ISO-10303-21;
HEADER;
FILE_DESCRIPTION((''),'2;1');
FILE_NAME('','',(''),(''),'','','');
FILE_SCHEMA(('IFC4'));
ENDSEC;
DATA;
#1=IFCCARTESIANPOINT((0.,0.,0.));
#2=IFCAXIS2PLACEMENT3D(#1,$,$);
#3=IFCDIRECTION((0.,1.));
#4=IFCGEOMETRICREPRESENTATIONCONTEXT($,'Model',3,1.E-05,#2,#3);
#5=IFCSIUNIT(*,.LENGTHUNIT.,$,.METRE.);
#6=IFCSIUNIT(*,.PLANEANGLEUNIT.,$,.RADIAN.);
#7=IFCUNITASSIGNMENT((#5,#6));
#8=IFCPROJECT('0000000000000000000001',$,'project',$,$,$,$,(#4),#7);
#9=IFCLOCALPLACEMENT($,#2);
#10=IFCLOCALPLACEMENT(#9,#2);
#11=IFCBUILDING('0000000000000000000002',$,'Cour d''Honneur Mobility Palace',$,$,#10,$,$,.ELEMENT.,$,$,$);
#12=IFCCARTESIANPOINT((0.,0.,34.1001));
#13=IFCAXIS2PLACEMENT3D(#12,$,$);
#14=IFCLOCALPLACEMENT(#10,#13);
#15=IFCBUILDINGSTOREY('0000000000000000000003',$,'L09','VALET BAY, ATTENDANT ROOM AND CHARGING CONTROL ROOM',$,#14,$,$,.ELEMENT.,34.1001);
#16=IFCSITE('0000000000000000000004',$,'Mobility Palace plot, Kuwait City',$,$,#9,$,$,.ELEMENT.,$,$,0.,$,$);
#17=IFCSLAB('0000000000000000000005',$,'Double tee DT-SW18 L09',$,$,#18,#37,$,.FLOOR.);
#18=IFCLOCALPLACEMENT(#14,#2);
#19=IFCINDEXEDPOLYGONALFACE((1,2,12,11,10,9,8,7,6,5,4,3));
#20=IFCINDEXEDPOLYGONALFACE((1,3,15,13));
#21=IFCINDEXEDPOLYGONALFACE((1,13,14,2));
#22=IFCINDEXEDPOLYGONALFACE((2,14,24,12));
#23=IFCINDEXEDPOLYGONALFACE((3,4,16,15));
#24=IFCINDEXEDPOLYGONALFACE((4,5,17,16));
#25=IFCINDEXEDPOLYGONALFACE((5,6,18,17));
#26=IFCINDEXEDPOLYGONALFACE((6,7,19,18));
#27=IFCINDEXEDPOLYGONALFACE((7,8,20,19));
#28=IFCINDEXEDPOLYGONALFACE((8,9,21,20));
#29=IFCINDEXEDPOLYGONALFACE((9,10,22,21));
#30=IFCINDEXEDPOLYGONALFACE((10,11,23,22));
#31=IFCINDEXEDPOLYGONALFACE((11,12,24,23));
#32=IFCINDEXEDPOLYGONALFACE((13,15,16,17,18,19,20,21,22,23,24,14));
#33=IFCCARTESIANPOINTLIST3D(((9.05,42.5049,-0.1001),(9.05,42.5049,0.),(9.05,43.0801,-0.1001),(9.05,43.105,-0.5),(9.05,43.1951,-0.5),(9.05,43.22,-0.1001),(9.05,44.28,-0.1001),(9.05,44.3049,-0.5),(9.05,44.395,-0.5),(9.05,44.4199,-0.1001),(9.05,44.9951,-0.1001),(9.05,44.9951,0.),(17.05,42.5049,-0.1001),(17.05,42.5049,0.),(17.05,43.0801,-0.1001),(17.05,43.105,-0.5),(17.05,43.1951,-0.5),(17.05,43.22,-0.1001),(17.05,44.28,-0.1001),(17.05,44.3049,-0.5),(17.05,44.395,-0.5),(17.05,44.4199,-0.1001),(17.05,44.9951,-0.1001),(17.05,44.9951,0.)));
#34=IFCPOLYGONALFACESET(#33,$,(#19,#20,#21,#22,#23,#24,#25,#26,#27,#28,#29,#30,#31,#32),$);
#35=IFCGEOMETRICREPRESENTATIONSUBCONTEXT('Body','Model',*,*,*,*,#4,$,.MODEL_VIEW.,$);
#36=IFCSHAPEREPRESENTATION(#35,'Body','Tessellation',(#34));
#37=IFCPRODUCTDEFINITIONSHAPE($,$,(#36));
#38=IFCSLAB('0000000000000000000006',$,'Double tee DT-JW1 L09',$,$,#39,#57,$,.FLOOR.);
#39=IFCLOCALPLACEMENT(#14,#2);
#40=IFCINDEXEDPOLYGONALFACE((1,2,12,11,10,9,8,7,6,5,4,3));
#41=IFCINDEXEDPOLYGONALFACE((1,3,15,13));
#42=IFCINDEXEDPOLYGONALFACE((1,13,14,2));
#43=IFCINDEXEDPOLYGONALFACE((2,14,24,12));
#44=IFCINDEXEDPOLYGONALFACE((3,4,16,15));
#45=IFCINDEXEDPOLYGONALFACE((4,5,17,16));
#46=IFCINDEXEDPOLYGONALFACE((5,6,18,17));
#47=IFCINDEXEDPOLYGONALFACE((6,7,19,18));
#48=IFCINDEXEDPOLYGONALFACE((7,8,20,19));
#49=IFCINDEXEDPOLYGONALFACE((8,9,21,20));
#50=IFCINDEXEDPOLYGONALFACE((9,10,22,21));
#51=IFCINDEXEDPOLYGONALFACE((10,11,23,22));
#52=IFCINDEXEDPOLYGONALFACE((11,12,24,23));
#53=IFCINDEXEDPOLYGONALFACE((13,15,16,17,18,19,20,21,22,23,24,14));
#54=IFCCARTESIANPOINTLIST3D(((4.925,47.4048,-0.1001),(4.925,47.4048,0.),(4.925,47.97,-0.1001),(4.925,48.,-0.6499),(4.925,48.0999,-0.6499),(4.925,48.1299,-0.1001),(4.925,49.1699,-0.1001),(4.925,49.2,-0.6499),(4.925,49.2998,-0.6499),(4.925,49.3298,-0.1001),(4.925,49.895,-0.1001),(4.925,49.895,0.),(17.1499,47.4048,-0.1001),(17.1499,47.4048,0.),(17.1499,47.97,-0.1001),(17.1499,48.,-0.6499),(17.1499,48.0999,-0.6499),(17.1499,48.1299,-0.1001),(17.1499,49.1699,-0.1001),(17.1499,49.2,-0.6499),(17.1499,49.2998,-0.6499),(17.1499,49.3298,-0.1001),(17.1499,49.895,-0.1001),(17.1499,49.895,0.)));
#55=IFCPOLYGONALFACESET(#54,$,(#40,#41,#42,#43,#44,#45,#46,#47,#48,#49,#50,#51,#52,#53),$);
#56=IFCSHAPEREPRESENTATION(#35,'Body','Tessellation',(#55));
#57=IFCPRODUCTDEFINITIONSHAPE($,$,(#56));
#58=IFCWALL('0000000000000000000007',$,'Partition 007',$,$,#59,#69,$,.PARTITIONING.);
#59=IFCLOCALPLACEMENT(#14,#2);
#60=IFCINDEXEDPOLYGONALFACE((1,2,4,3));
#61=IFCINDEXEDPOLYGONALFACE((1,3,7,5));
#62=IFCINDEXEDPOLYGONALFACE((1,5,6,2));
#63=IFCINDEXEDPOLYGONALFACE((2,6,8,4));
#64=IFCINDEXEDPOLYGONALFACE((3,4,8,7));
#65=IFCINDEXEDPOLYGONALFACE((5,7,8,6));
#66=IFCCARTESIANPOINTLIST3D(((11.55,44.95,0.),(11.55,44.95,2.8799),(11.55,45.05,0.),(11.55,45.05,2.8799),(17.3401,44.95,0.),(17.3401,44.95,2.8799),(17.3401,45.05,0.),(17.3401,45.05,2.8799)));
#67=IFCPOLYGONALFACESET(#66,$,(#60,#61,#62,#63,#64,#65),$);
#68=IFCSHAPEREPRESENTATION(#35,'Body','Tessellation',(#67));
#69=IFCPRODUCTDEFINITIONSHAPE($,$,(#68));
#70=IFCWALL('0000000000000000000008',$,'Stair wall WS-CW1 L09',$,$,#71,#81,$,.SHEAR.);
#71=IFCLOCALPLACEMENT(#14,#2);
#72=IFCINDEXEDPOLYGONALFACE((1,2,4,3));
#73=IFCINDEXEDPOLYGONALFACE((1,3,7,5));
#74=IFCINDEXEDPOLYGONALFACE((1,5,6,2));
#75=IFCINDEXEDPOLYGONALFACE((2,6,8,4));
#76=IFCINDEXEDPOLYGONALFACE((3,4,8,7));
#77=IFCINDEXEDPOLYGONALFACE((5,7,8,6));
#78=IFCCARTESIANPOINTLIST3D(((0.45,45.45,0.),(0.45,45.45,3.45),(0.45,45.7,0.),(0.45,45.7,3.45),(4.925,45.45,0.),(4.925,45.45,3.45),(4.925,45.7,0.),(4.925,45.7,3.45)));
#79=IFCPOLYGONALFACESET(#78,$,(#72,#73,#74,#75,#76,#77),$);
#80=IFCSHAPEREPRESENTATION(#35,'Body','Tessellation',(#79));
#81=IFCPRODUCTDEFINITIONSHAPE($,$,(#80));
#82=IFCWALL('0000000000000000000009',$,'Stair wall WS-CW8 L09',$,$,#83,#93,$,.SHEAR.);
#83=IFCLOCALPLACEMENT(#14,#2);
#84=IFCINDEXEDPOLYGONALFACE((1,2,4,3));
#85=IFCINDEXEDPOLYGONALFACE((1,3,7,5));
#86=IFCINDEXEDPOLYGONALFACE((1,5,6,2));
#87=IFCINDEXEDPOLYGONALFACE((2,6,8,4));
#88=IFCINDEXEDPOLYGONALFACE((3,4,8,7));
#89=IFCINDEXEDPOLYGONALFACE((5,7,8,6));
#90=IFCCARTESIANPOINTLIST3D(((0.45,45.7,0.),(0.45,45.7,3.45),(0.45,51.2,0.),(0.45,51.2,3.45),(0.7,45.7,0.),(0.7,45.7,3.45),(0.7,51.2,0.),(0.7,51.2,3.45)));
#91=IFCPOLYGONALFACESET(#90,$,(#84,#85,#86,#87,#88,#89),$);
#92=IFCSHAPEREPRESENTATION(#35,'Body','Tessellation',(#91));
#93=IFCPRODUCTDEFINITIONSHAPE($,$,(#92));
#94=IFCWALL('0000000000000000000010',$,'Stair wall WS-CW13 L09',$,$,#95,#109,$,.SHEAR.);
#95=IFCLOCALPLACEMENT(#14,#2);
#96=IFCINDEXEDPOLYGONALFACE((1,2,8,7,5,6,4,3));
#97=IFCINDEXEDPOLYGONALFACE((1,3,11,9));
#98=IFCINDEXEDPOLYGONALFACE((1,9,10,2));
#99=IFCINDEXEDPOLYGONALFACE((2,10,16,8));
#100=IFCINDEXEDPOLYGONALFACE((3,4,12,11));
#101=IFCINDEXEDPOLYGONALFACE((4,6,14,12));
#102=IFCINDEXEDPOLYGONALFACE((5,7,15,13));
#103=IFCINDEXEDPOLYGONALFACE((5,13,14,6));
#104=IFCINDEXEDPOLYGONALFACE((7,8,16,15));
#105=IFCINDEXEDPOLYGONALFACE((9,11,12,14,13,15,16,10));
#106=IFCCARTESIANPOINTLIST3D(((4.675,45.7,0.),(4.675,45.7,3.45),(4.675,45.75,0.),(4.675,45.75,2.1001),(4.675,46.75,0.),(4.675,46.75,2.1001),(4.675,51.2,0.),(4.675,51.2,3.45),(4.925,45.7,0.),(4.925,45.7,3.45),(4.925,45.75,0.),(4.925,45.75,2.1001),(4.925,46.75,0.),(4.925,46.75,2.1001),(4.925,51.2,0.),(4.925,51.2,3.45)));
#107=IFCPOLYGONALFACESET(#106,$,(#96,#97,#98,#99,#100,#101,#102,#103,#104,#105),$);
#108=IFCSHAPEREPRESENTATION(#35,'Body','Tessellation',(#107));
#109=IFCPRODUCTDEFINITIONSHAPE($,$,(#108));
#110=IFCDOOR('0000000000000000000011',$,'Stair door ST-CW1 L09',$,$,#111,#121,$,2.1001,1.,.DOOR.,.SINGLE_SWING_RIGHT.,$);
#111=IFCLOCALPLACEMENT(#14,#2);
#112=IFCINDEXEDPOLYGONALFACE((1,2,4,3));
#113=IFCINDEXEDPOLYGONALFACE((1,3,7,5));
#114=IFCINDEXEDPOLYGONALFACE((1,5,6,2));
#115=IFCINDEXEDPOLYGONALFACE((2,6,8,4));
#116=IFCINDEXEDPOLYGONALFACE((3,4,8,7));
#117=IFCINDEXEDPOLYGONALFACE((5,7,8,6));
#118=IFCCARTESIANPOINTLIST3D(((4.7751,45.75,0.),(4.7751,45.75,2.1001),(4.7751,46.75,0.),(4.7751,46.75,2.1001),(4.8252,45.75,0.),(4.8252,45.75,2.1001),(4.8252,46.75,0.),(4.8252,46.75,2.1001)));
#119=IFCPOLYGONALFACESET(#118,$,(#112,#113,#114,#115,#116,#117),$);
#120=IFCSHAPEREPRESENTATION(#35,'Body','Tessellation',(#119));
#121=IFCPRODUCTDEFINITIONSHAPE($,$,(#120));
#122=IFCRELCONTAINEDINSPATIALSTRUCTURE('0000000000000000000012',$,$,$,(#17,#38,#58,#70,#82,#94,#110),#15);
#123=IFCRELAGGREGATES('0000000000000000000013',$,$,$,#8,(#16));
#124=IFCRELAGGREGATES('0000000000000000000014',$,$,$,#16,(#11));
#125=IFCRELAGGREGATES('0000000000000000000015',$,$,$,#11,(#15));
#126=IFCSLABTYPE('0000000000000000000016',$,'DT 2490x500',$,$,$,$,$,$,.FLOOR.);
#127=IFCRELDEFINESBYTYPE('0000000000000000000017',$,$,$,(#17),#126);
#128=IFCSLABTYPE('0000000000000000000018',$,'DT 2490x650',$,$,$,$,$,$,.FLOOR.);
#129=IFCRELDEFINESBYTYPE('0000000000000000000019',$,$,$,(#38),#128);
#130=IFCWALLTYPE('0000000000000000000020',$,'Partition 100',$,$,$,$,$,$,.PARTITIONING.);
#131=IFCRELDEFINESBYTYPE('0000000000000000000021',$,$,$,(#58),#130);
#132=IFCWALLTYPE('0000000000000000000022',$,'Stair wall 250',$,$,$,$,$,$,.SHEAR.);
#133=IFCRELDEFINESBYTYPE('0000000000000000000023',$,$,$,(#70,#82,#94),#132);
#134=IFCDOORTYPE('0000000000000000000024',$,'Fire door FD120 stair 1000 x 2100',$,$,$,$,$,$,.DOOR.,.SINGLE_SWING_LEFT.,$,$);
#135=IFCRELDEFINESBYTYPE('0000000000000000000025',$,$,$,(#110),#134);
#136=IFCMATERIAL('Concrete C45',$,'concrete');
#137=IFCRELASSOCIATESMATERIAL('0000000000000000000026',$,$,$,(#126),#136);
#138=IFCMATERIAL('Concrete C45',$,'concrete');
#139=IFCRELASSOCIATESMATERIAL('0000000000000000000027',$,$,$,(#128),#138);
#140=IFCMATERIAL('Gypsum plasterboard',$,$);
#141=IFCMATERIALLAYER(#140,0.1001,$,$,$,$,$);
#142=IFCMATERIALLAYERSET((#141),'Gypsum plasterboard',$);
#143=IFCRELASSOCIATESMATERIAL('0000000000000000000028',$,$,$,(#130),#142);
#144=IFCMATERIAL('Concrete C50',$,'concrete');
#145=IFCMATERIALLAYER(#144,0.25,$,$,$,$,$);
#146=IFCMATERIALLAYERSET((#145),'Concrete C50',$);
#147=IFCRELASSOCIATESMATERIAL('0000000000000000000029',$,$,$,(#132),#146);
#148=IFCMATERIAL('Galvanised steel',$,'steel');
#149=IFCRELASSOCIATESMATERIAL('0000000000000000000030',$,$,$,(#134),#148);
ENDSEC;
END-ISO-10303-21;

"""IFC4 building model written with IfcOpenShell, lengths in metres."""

from ifc_helpers import new_model, si_unit, direction, frame, frame_2d, origin, place, context, subcontext, project, spatial, polyline, rectangle, outline, extrude, material, layer, layer_set, material_profile, profile_set, type_object, element, fill, save


model = new_model("IFC4")

# Units and contexts
model_context = context("Model", 3, precision=1e-05, world=origin(), true_north=direction((0.0, 1.0)))
body_context = subcontext(model_context, "Body", "Model", "MODEL_VIEW")
ifc_project = project(units=[si_unit("LENGTHUNIT", "METRE"), si_unit("PLANEANGLEUNIT", "RADIAN")], contexts=[model_context])

# Site, building, storey
site_placement = place(None, origin())
site = spatial("IfcSite", under=ifc_project, at=site_placement, Name="Mobility Palace plot, Kuwait City", CompositionType="ELEMENT", RefElevation=0.0)
building_placement = place(site_placement, origin())
building = spatial("IfcBuilding", under=site, at=building_placement, Name="Cour d'Honneur Mobility Palace", CompositionType="ELEMENT")
storey_placement = place(building_placement, frame((0.0, 0.0, 34.1001)))
storey = spatial("IfcBuildingStorey", under=building, at=storey_placement, Name="L09", Description="VALET BAY, ATTENDANT ROOM AND CHARGING CONTROL ROOM", CompositionType="ELEMENT", Elevation=34.1001)

# Slabs
ifc_material_1 = material(Name="Concrete C45", Category="concrete")
ifc_material_profile_1 = material_profile(ifc_material_1, outline(polyline([(-1.2451, 0.0), (1.2451, 0.0), (1.2451, -0.1001), (0.6699, -0.1001), (0.645, -0.5), (0.5549, -0.5), (0.53, -0.1001), (-0.53, -0.1001), (-0.5549, -0.5), (-0.645, -0.5), (-0.6699, -0.1001), (-1.2451, -0.1001), (-1.2451, 0.0)])), Name="DT 2490x500")
ifc_profile_set_1 = profile_set([ifc_material_profile_1], Name="Concrete C45")
slab_type_1 = type_object("IfcSlabType", Name="DT 2490x500", PredefinedType="FLOOR", material=ifc_profile_set_1)
slab_1_placement = place(storey_placement, frame((9.05, 43.75, 0.0), z_axis=(1.0, 0.0, 0.0), x_axis=(0.0, 1.0, 0.0)))
element("IfcSlab", 1, at=slab_1_placement, inside=storey, type_object=slab_type_1, Name="Double tee DT-SW18 L09", PredefinedType="FLOOR", context=body_context, shape_type="SweptSolid", body=[
    extrude(outline(polyline([(-1.2451, 0.0), (1.2451, 0.0), (1.2451, -0.1001), (0.6699, -0.1001), (0.645, -0.5), (0.5549, -0.5), (0.53, -0.1001), (-0.53, -0.1001), (-0.5549, -0.5), (-0.645, -0.5), (-0.6699, -0.1001), (-1.2451, -0.1001), (-1.2451, 0.0)])), origin(), (0.0, 0.0, 1.0), 8.0),
])
ifc_material_2 = material(Name="Concrete C45", Category="concrete")
ifc_material_profile_2 = material_profile(ifc_material_2, outline(polyline([(-1.2451, 0.0), (1.2451, 0.0), (1.2451, -0.1001), (0.6799, -0.1001), (0.6499, -0.6499), (0.55, -0.6499), (0.52, -0.1001), (-0.52, -0.1001), (-0.55, -0.6499), (-0.6499, -0.6499), (-0.6799, -0.1001), (-1.2451, -0.1001), (-1.2451, 0.0)])), Name="DT 2490x650")
ifc_profile_set_2 = profile_set([ifc_material_profile_2], Name="Concrete C45")
slab_type_2 = type_object("IfcSlabType", Name="DT 2490x650", PredefinedType="FLOOR", material=ifc_profile_set_2)
slab_2_placement = place(storey_placement, frame((4.925, 48.6499, 0.0), z_axis=(1.0, 0.0, 0.0), x_axis=(0.0, 1.0, 0.0)))
element("IfcSlab", 2, at=slab_2_placement, inside=storey, type_object=slab_type_2, Name="Double tee DT-JW1 L09", PredefinedType="FLOOR", context=body_context, shape_type="SweptSolid", body=[
    extrude(outline(polyline([(-1.2451, 0.0), (1.2451, 0.0), (1.2451, -0.1001), (0.6799, -0.1001), (0.6499, -0.6499), (0.55, -0.6499), (0.52, -0.1001), (-0.52, -0.1001), (-0.55, -0.6499), (-0.6499, -0.6499), (-0.6799, -0.1001), (-1.2451, -0.1001), (-1.2451, 0.0)])), origin(), (0.0, 0.0, 1.0), 12.2249),
])

# Walls
ifc_material_3 = material(Name="Gypsum plasterboard")
ifc_layer_1 = layer(ifc_material_3, 0.1001)
ifc_layer_set_1 = layer_set([ifc_layer_1], Name="Gypsum plasterboard")
wall_type_1 = type_object("IfcWallType", Name="Partition 100", PredefinedType="PARTITIONING", material=ifc_layer_set_1)
wall_1_placement = place(storey_placement, frame((11.55, 45.0, 0.0), z_axis=(0.0, 0.0, 1.0), x_axis=(1.0, 0.0, 0.0)))
element("IfcWall", 3, at=wall_1_placement, inside=storey, type_object=wall_type_1, Name="Partition 007", PredefinedType="PARTITIONING", context=body_context, shape_type="SweptSolid", body=[
    extrude(rectangle(XDim=5.79, YDim=0.1001, at=frame_2d((2.895, 0.0))), origin(), (0.0, 0.0, 1.0), 2.8799),
])
ifc_material_4 = material(Name="Concrete C50", Category="concrete")
ifc_layer_2 = layer(ifc_material_4, 0.25)
ifc_layer_set_2 = layer_set([ifc_layer_2], Name="Concrete C50")
wall_type_2 = type_object("IfcWallType", Name="Stair wall 250", PredefinedType="SHEAR", material=ifc_layer_set_2)
wall_2_placement = place(storey_placement, frame((0.45, 45.575, 0.0), z_axis=(0.0, 0.0, 1.0), x_axis=(1.0, 0.0, 0.0)))
element("IfcWall", 4, at=wall_2_placement, inside=storey, type_object=wall_type_2, Name="Stair wall WS-CW1 L09", PredefinedType="SHEAR", context=body_context, shape_type="SweptSolid", body=[
    extrude(rectangle(XDim=4.4751, YDim=0.25, at=frame_2d((2.2375, 0.0))), origin(), (0.0, 0.0, 1.0), 3.45),
])
wall_3_placement = place(storey_placement, frame((0.575, 45.7, 0.0), z_axis=(0.0, 0.0, 1.0), x_axis=(0.0, 1.0, 0.0)))
element("IfcWall", 5, at=wall_3_placement, inside=storey, type_object=wall_type_2, Name="Stair wall WS-CW8 L09", PredefinedType="SHEAR", context=body_context, shape_type="SweptSolid", body=[
    extrude(rectangle(XDim=5.5, YDim=0.25, at=frame_2d((2.75, 0.0))), origin(), (0.0, 0.0, 1.0), 3.45),
])

# Wall, opening, door
wall_4_placement = place(storey_placement, frame((4.8, 45.7, 0.0), z_axis=(0.0, 0.0, 1.0), x_axis=(0.0, 1.0, 0.0)))
wall_4 = element("IfcWall", 6, at=wall_4_placement, inside=storey, type_object=wall_type_2, Name="Stair wall WS-CW13 L09", PredefinedType="SHEAR", context=body_context, shape_type="SweptSolid", body=[
    extrude(rectangle(XDim=5.5, YDim=0.25, at=frame_2d((2.75, 0.0))), origin(), (0.0, 0.0, 1.0), 3.45),
])
opening_placement = place(wall_4_placement, frame((0.05, 0.0, 0.0)))
opening = element("IfcOpeningElement", 7, at=opening_placement, cuts=wall_4, PredefinedType="OPENING", context=body_context, shape_type="SweptSolid", body=[
    extrude(rectangle(XDim=1.0, YDim=2.1001, at=frame_2d((0.5, 1.05))), frame((0.0, 0.135, 0.0), z_axis=(0.0, -1.0, 0.0), x_axis=(1.0, 0.0, 0.0)), (0.0, 0.0, 1.0), 0.27),
])
ifc_material_5 = material(Name="Galvanised steel", Category="steel")
door_type = type_object("IfcDoorType", Name="Fire door FD120 stair 1000 x 2100", OperationType="SINGLE_SWING_LEFT", PredefinedType="DOOR", material=ifc_material_5)
door_placement = place(opening_placement, origin())
door = element("IfcDoor", 8, at=door_placement, inside=storey, type_object=door_type, Name="Stair door ST-CW1 L09", OperationType="SINGLE_SWING_RIGHT", OverallHeight=2.1001, OverallWidth=1.0, PredefinedType="DOOR", context=body_context, shape_type="SweptSolid", body=[
    extrude(rectangle(XDim=1.0, YDim=2.1001, at=frame_2d((0.5, 1.05))), frame((0.0, 0.0249, 0.0), z_axis=(0.0, -1.0, 0.0), x_axis=(1.0, 0.0, 0.0)), (0.0, 0.0, 1.0), 0.05),
])
fill(opening, door)

save(model, "model.ifc")
